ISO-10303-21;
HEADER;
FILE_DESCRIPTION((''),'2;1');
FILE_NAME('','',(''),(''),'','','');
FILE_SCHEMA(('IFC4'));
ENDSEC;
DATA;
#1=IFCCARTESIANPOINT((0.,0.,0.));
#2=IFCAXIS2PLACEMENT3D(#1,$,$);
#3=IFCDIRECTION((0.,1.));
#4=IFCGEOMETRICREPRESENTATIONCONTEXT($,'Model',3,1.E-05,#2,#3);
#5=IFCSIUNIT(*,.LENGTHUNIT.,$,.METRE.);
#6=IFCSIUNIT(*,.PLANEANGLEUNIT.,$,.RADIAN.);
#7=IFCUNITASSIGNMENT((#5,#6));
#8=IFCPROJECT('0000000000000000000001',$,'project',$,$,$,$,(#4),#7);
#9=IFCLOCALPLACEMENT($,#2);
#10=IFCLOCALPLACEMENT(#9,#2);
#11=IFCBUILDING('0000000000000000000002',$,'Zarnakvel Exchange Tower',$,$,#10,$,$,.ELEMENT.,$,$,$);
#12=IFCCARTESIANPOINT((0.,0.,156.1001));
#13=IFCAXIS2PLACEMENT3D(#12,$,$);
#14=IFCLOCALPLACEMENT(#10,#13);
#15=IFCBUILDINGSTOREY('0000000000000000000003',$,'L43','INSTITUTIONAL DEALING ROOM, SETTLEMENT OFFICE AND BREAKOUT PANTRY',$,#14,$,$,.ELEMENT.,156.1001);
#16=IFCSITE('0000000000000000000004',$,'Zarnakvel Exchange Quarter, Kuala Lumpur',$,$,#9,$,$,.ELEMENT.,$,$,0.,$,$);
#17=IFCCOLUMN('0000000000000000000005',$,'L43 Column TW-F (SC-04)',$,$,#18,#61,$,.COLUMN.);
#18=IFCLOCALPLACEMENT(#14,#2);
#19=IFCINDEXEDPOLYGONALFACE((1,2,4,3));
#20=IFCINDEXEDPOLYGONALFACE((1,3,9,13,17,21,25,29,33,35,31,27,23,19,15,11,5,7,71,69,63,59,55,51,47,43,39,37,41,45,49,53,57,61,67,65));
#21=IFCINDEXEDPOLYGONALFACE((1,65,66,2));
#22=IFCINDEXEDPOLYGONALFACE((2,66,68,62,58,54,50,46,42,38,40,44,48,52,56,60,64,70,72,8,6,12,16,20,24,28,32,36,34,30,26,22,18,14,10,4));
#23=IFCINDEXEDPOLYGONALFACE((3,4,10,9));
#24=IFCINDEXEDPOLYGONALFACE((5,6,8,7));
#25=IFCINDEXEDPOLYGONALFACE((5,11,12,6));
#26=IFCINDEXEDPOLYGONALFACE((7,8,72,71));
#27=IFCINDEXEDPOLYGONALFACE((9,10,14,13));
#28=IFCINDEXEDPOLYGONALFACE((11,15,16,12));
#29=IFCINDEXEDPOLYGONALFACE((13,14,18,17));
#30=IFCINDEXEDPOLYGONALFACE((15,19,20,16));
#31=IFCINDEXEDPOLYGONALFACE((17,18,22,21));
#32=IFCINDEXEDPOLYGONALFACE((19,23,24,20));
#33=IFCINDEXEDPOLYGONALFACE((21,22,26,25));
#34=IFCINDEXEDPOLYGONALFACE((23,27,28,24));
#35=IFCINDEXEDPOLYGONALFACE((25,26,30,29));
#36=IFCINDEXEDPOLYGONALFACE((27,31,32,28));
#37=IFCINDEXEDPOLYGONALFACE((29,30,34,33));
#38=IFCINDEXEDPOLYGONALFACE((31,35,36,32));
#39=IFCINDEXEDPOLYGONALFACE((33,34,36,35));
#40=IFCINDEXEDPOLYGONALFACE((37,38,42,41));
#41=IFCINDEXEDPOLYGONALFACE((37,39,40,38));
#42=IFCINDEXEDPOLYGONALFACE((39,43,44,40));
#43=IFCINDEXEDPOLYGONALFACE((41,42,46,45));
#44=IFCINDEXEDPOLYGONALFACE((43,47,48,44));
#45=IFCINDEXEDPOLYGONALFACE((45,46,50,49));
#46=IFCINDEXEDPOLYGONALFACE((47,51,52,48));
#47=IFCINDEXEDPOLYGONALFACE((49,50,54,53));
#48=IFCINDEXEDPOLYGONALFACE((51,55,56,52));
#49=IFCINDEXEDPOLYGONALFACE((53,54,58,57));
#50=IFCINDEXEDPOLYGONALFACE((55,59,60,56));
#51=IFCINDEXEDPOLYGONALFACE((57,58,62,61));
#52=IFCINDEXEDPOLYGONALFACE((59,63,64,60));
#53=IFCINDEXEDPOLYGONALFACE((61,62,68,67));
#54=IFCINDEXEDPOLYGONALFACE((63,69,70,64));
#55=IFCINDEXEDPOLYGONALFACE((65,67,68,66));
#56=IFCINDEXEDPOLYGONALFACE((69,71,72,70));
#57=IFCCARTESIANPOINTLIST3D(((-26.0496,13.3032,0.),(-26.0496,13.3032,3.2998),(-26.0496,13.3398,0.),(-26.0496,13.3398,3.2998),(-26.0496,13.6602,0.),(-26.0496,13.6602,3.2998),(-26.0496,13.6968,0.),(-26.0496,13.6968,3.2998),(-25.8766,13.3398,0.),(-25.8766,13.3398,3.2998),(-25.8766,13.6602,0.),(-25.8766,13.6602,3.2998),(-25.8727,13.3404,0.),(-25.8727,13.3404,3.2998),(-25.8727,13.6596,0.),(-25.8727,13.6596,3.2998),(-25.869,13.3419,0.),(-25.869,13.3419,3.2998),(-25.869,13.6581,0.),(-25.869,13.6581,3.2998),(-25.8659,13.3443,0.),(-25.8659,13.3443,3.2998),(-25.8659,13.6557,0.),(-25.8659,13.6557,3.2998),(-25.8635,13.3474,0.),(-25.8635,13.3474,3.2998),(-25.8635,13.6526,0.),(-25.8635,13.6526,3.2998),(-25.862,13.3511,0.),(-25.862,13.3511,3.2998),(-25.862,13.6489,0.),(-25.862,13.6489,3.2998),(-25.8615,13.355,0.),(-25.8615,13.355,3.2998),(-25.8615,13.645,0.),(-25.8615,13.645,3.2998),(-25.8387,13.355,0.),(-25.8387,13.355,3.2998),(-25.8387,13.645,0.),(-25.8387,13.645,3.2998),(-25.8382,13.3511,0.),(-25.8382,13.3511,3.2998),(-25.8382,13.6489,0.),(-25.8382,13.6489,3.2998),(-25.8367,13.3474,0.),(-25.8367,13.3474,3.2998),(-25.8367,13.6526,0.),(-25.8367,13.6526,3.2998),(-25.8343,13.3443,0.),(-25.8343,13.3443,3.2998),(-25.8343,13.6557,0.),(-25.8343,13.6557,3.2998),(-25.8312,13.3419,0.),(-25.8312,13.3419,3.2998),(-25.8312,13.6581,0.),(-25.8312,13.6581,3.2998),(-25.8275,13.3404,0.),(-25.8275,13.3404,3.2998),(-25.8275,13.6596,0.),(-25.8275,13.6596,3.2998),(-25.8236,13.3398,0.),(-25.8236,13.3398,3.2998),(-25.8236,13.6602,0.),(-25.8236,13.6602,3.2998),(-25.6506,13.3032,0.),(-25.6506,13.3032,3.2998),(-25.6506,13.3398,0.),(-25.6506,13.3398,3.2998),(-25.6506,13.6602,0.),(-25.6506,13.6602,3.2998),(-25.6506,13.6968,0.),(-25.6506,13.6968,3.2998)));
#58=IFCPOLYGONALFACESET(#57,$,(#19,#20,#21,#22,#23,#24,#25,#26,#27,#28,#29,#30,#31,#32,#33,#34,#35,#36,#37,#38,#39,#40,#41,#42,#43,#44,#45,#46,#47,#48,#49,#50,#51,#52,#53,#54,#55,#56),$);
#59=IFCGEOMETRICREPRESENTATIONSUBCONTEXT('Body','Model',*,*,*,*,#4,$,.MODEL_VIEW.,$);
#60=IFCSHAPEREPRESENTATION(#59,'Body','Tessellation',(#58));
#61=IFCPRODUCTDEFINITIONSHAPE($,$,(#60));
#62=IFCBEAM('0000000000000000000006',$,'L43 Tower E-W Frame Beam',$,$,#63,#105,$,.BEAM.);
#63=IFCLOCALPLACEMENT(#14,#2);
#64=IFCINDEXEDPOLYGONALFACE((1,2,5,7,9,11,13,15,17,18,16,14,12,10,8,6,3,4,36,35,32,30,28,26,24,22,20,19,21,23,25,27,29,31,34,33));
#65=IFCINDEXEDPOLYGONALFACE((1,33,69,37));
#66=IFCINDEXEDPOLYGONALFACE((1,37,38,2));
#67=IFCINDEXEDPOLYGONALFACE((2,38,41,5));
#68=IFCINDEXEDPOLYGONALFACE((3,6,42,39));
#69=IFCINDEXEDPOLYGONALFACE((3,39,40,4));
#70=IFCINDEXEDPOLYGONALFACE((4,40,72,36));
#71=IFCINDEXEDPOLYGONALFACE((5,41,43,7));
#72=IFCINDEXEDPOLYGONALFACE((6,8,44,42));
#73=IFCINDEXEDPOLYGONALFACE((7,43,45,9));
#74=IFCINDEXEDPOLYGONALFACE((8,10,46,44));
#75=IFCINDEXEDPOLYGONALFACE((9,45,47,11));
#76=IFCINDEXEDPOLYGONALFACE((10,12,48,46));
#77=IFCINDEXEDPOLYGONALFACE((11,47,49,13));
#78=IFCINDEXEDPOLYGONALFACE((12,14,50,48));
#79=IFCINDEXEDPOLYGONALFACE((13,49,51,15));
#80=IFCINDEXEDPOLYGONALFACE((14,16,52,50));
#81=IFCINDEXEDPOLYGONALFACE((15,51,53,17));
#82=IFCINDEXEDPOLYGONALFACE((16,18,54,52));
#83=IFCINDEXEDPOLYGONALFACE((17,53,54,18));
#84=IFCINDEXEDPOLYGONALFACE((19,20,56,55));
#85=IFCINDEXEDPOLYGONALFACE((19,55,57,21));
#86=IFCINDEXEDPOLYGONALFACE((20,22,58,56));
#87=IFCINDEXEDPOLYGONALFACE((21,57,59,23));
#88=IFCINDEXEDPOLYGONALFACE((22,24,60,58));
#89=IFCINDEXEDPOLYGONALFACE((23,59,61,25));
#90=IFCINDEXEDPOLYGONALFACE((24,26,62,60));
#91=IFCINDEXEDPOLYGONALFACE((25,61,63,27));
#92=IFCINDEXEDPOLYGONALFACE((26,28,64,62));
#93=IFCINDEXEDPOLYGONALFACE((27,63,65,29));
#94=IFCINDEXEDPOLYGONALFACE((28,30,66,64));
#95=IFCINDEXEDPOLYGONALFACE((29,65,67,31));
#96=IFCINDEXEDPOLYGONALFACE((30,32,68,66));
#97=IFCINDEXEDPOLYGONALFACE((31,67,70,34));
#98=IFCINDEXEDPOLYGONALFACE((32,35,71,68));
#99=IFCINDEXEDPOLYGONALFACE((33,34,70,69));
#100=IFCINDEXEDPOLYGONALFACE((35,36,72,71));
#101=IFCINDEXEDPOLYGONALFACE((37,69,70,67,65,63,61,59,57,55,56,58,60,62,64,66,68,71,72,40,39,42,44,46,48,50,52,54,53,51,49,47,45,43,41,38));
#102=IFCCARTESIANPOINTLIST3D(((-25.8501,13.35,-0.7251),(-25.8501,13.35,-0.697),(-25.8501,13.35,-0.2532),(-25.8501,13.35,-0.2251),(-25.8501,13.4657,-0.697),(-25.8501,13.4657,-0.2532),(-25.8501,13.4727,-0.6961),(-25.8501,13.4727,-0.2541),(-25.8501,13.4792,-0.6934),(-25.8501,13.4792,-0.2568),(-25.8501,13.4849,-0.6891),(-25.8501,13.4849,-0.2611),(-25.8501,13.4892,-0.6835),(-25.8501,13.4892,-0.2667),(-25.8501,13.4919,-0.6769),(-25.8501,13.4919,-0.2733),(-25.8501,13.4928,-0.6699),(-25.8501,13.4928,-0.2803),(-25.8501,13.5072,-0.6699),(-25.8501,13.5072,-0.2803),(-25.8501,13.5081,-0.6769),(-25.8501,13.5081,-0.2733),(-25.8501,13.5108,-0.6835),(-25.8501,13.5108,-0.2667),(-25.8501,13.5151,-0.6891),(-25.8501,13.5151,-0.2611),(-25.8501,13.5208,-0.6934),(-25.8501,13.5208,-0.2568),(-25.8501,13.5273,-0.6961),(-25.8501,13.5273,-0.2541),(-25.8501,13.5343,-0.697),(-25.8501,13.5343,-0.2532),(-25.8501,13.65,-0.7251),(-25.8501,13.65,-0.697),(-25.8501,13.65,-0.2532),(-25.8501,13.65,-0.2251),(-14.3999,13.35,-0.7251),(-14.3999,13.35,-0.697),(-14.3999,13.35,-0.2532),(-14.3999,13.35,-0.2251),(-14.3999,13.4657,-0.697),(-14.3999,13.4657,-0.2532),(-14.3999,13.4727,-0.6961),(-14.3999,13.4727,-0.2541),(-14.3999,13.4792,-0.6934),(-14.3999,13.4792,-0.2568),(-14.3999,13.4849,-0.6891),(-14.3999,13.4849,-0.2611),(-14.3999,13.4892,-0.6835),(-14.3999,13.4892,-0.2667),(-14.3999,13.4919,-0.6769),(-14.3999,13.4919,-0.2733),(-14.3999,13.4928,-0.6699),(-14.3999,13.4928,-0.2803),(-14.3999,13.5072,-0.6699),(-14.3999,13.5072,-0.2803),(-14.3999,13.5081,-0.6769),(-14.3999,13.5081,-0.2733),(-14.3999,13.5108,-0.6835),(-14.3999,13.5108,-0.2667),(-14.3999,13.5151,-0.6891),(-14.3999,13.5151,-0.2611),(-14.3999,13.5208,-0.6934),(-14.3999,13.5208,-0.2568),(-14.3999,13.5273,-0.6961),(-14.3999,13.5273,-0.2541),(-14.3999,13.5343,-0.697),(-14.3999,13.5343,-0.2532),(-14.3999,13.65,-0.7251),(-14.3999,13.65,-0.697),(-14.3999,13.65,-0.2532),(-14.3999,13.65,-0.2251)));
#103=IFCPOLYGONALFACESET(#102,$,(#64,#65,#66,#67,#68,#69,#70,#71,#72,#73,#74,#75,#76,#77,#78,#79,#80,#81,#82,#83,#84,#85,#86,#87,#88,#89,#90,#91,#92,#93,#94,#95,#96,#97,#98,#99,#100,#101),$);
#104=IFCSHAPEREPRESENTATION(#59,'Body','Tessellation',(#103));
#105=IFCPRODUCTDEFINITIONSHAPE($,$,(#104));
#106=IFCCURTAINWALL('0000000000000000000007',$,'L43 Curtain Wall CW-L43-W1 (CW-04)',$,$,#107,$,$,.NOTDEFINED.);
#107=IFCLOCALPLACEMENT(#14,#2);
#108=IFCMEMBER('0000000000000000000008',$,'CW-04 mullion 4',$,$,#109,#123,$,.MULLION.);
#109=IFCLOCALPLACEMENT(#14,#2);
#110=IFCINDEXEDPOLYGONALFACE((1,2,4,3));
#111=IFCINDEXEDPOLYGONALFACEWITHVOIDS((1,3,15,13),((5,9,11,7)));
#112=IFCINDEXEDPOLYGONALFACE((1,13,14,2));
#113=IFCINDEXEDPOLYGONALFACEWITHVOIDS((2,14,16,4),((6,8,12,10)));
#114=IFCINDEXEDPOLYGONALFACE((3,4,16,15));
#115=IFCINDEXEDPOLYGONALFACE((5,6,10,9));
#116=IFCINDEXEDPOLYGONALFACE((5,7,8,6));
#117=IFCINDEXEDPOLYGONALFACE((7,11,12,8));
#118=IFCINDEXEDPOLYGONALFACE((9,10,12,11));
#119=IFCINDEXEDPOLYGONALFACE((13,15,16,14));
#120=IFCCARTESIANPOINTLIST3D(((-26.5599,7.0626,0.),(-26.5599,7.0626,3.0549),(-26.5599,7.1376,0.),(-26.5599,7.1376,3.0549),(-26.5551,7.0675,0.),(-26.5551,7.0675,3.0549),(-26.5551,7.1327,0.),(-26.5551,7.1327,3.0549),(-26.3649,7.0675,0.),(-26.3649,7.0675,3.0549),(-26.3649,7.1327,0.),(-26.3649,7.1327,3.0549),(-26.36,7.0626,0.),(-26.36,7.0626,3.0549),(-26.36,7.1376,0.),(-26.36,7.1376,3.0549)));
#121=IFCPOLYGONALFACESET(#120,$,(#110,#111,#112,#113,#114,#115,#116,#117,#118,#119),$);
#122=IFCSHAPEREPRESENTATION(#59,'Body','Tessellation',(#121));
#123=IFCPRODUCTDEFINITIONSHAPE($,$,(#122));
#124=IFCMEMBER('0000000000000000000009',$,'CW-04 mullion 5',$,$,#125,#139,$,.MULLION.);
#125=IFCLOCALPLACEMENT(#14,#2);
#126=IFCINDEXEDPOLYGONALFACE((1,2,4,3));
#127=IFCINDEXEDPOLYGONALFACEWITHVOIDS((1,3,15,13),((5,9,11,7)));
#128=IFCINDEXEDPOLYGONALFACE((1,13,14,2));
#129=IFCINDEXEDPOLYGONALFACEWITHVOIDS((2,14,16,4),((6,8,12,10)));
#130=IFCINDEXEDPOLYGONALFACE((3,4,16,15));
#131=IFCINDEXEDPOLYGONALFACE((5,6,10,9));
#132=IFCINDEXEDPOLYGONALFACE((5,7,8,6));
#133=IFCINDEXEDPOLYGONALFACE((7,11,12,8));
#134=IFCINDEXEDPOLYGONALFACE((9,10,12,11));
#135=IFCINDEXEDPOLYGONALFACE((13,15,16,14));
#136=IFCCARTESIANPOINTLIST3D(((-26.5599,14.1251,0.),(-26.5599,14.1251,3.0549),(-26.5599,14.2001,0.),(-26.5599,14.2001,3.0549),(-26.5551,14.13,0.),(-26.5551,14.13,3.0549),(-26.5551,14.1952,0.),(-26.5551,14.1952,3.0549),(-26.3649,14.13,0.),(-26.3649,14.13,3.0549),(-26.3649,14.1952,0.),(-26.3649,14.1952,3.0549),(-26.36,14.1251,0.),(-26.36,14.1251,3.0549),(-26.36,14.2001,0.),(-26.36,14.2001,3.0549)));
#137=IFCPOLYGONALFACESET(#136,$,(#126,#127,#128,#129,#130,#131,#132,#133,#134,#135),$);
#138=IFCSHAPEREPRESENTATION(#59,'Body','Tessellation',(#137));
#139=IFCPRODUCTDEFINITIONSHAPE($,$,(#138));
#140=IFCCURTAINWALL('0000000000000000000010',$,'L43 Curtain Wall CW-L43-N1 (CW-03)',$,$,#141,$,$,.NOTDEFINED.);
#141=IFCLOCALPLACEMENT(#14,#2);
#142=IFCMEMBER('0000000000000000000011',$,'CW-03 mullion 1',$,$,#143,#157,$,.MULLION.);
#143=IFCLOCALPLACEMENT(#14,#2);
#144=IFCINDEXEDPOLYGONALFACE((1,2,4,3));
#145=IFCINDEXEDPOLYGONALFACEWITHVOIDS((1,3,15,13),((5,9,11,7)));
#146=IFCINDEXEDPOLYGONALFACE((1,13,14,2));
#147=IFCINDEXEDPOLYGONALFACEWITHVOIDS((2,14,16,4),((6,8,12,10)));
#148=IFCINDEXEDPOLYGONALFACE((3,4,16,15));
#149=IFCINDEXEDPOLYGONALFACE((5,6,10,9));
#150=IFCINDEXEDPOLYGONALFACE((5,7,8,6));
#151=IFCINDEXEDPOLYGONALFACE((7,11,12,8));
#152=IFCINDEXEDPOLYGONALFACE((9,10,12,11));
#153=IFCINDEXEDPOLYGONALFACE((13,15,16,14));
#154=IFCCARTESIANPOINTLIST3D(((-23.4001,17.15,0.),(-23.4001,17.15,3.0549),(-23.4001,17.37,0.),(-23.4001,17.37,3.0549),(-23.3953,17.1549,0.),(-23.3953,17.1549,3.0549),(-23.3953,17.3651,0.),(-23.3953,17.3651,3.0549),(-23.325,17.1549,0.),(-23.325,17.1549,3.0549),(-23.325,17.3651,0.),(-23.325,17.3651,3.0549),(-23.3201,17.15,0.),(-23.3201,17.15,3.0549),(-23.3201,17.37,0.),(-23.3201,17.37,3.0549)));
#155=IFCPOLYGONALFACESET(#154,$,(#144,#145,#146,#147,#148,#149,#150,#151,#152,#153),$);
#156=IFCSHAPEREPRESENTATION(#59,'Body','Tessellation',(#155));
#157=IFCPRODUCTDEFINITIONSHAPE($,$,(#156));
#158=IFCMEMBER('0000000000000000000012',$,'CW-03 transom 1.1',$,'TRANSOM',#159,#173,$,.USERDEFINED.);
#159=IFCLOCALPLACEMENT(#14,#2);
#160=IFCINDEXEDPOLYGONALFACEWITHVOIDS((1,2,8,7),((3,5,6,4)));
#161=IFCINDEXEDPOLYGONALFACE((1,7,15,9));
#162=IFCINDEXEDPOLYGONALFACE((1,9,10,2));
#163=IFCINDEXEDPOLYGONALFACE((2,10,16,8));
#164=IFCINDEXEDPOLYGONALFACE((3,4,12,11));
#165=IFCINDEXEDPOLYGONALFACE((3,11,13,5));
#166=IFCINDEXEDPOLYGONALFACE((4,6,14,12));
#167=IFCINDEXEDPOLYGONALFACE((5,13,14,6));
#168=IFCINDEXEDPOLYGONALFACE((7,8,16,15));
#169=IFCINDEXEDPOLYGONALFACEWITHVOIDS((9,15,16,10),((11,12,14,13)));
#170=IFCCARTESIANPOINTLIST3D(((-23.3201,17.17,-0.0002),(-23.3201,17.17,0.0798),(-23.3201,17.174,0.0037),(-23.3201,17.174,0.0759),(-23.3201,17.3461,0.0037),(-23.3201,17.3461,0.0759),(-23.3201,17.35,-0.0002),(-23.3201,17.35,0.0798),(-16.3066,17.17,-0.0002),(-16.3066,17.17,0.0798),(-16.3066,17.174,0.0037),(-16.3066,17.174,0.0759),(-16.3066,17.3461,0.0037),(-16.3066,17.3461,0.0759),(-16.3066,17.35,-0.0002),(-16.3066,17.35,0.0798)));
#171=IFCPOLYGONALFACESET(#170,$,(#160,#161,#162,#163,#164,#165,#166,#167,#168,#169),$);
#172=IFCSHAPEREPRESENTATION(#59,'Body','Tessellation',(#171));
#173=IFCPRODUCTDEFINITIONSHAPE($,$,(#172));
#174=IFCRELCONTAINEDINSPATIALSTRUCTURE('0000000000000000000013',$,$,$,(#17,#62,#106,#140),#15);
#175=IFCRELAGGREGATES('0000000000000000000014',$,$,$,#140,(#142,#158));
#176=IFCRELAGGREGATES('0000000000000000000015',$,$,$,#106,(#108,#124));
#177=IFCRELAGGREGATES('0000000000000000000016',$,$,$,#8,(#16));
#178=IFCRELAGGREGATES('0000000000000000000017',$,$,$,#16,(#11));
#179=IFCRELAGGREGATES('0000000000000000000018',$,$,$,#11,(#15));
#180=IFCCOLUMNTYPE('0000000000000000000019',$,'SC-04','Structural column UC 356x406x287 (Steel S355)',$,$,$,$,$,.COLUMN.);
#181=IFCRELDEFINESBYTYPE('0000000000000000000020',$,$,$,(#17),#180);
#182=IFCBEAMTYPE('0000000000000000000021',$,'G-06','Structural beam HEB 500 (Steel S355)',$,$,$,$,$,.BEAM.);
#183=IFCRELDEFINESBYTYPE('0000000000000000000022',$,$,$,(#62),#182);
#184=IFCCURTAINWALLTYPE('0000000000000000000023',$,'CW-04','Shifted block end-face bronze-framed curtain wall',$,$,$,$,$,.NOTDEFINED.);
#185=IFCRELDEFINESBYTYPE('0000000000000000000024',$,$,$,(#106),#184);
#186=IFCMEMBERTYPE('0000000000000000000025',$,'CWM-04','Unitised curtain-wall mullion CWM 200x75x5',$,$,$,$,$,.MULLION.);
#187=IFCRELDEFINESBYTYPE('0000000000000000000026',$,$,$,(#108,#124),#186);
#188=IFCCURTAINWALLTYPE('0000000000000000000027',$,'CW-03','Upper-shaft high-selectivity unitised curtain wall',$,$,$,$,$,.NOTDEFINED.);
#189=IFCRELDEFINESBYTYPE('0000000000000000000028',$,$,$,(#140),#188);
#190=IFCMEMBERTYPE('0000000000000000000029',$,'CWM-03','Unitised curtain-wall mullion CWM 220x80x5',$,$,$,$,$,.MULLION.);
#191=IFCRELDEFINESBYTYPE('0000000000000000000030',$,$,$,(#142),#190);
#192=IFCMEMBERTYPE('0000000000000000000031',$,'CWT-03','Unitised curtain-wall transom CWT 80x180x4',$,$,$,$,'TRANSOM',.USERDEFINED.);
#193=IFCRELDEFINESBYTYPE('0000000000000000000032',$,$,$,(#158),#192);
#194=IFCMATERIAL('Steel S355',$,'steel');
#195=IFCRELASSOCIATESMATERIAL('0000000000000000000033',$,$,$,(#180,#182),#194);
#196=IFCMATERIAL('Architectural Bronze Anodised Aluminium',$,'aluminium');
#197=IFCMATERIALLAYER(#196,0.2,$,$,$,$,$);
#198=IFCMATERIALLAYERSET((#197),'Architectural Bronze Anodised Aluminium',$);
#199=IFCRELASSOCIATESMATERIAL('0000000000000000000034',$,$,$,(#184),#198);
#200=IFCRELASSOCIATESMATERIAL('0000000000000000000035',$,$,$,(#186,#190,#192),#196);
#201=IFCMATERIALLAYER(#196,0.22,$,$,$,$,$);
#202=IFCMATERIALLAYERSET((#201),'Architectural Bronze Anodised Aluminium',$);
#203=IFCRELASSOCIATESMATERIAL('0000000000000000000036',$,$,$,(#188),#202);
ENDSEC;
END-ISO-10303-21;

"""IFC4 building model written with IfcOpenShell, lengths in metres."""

from ifc_helpers import new_model, si_unit, direction, frame, origin, origin_2d, place, context, subcontext, project, spatial, hollow_rectangle, i_section, extrude, source, transform, mapped, material, layer, layer_set, material_profile, profile_set, type_object, element, aggregate, save


model = new_model("IFC4")

# Units and contexts
model_context = context("Model", 3, precision=1e-05, world=origin(), true_north=direction((0.0, 1.0)))
body_context = subcontext(model_context, "Body", "Model", "MODEL_VIEW")
ifc_project = project(units=[si_unit("LENGTHUNIT", "METRE"), si_unit("PLANEANGLEUNIT", "RADIAN")], contexts=[model_context])

# Site, building, storey
site_placement = place(None, origin())
site = spatial("IfcSite", under=ifc_project, at=site_placement, Name="Zarnakvel Exchange Quarter, Kuala Lumpur", CompositionType="ELEMENT", RefElevation=0.0)
building_placement = place(site_placement, origin())
building = spatial("IfcBuilding", under=site, at=building_placement, Name="Zarnakvel Exchange Tower", CompositionType="ELEMENT")
storey_placement = place(building_placement, frame((0.0, 0.0, 156.1001)))
storey = spatial("IfcBuildingStorey", under=building, at=storey_placement, Name="L43", Description="INSTITUTIONAL DEALING ROOM, SETTLEMENT OFFICE AND BREAKOUT PANTRY", CompositionType="ELEMENT", Elevation=156.1001)

# Column
ifc_material_1 = material(Name="Steel S355", Category="steel")
ifc_material_profile_1 = material_profile(ifc_material_1, i_section(OverallWidth=0.3989, OverallDepth=0.3936, WebThickness=0.0227, FlangeThickness=0.0366, FilletRadius=0.0151, at=origin_2d()))
ifc_profile_set_1 = profile_set([ifc_material_profile_1], Name="Steel S355")
column_type = type_object("IfcColumnType", Name="SC-04", Description="Structural column UC 356x406x287 (Steel S355)", PredefinedType="COLUMN", material=ifc_profile_set_1)
column_placement = place(storey_placement, frame((-25.8501, 13.5, 0.0), z_axis=(0.0, 0.0, 1.0), x_axis=(1.0, 0.0, 0.0)))
element("IfcColumn", 1, at=column_placement, inside=storey, type_object=column_type, Name="L43 Column TW-F (SC-04)", PredefinedType="COLUMN", context=body_context, shape_type="SweptSolid", body=[
    extrude(i_section(OverallWidth=0.3989, OverallDepth=0.3936, WebThickness=0.0227, FlangeThickness=0.0366, FilletRadius=0.0151, at=origin_2d()), origin(), (0.0, 0.0, 1.0), 3.2998),
])

# Beam
ifc_material_profile_2 = material_profile(ifc_material_1, i_section(OverallWidth=0.3, OverallDepth=0.5, WebThickness=0.0144, FlangeThickness=0.0281, FilletRadius=0.0271, at=origin_2d()))
ifc_profile_set_2 = profile_set([ifc_material_profile_2], Name="Steel S355")
beam_type = type_object("IfcBeamType", Name="G-06", Description="Structural beam HEB 500 (Steel S355)", PredefinedType="BEAM", material=ifc_profile_set_2)
beam_placement = place(storey_placement, frame((-25.8501, 13.5, -0.4751), z_axis=(1.0, 0.0, 0.0), x_axis=(0.0, 1.0, 0.0)))
element("IfcBeam", 2, at=beam_placement, inside=storey, type_object=beam_type, Name="L43 Tower E-W Frame Beam", PredefinedType="BEAM", context=body_context, shape_type="SweptSolid", body=[
    extrude(i_section(OverallWidth=0.3, OverallDepth=0.5, WebThickness=0.0144, FlangeThickness=0.0281, FilletRadius=0.0271, at=origin_2d()), origin(), (0.0, 0.0, 1.0), 11.4502),
])

# Curtain walls, members
ifc_material_2 = material(Name="Architectural Bronze Anodised Aluminium", Category="aluminium")
ifc_layer_1 = layer(ifc_material_2, 0.2)
ifc_layer_set_1 = layer_set([ifc_layer_1], Name="Architectural Bronze Anodised Aluminium")
curtain_wall_type_1 = type_object("IfcCurtainWallType", Name="CW-04", Description="Shifted block end-face bronze-framed curtain wall", PredefinedType="NOTDEFINED", material=ifc_layer_set_1)
curtain_wall_1_placement = place(storey_placement, origin())
curtain_wall_1 = element("IfcCurtainWall", 3, at=curtain_wall_1_placement, inside=storey, type_object=curtain_wall_type_1, Name="L43 Curtain Wall CW-L43-W1 (CW-04)", PredefinedType="NOTDEFINED")
ifc_material_profile_3 = material_profile(ifc_material_2, hollow_rectangle(XDim=0.2, YDim=0.075, WallThickness=0.0049, at=origin_2d()))
ifc_profile_set_3 = profile_set([ifc_material_profile_3], Name="Architectural Bronze Anodised Aluminium")
member_type_1 = type_object("IfcMemberType", Name="CWM-04", Description="Unitised curtain-wall mullion CWM 200x75x5", PredefinedType="MULLION", material=ifc_profile_set_3)
shared_shape_1 = source(origin(), body_context, "Body", "SweptSolid", [
    extrude(hollow_rectangle(XDim=0.2, YDim=0.075, WallThickness=0.0049, at=origin_2d()), origin(), (0.0, 0.0, 1.0), 3.0549),
])
member_1_placement = place(storey_placement, frame((-26.46, 7.1001, 0.0), z_axis=(0.0, 0.0, 1.0), x_axis=(-1.0, 0.0, 0.0)))
member_1 = element("IfcMember", 4, at=member_1_placement, type_object=member_type_1, Name="CW-04 mullion 4", PredefinedType="MULLION", context=body_context, shape_type="MappedRepresentation", body=[
    mapped(shared_shape_1, transform((0.0, 0.0, 0.0), x_axis=(1.0, 0.0, 0.0), y_axis=(0.0, 1.0, 0.0), z_axis=(0.0, 0.0, 1.0), scale=1.0)),
])
member_2_placement = place(storey_placement, frame((-26.46, 14.1626, 0.0), z_axis=(0.0, 0.0, 1.0), x_axis=(-1.0, 0.0, 0.0)))
member_2 = element("IfcMember", 5, at=member_2_placement, type_object=member_type_1, Name="CW-04 mullion 5", PredefinedType="MULLION", context=body_context, shape_type="MappedRepresentation", body=[
    mapped(shared_shape_1, transform((0.0, 0.0, 0.0), x_axis=(1.0, 0.0, 0.0), y_axis=(0.0, 1.0, 0.0), z_axis=(0.0, 0.0, 1.0), scale=1.0)),
])
ifc_layer_2 = layer(ifc_material_2, 0.22)
ifc_layer_set_2 = layer_set([ifc_layer_2], Name="Architectural Bronze Anodised Aluminium")
curtain_wall_type_2 = type_object("IfcCurtainWallType", Name="CW-03", Description="Upper-shaft high-selectivity unitised curtain wall", PredefinedType="NOTDEFINED", material=ifc_layer_set_2)
curtain_wall_2_placement = place(storey_placement, origin())
curtain_wall_2 = element("IfcCurtainWall", 6, at=curtain_wall_2_placement, inside=storey, type_object=curtain_wall_type_2, Name="L43 Curtain Wall CW-L43-N1 (CW-03)", PredefinedType="NOTDEFINED")
ifc_material_profile_4 = material_profile(ifc_material_2, hollow_rectangle(XDim=0.22, YDim=0.0801, WallThickness=0.0049, at=origin_2d()))
ifc_profile_set_4 = profile_set([ifc_material_profile_4], Name="Architectural Bronze Anodised Aluminium")
member_type_2 = type_object("IfcMemberType", Name="CWM-03", Description="Unitised curtain-wall mullion CWM 220x80x5", PredefinedType="MULLION", material=ifc_profile_set_4)
shared_shape_2 = source(origin(), body_context, "Body", "SweptSolid", [
    extrude(hollow_rectangle(XDim=0.22, YDim=0.0801, WallThickness=0.0049, at=origin_2d()), origin(), (0.0, 0.0, 1.0), 3.0549),
])
member_3_placement = place(storey_placement, frame((-23.3601, 17.26, 0.0), z_axis=(0.0, 0.0, 1.0), x_axis=(0.0, 1.0, 0.0)))
member_3 = element("IfcMember", 7, at=member_3_placement, type_object=member_type_2, Name="CW-03 mullion 1", PredefinedType="MULLION", context=body_context, shape_type="MappedRepresentation", body=[
    mapped(shared_shape_2, transform((0.0, 0.0, 0.0), x_axis=(1.0, 0.0, 0.0), y_axis=(0.0, 1.0, 0.0), z_axis=(0.0, 0.0, 1.0), scale=1.0)),
])
ifc_material_profile_5 = material_profile(ifc_material_2, hollow_rectangle(XDim=0.1799, YDim=0.0801, WallThickness=0.0039, at=origin_2d()))
ifc_profile_set_5 = profile_set([ifc_material_profile_5], Name="Architectural Bronze Anodised Aluminium")
member_type_3 = type_object("IfcMemberType", Name="CWT-03", Description="Unitised curtain-wall transom CWT 80x180x4", ElementType="TRANSOM", PredefinedType="USERDEFINED", material=ifc_profile_set_5)
shared_shape_3 = source(origin(), body_context, "Body", "SweptSolid", [
    extrude(hollow_rectangle(XDim=0.1799, YDim=0.0801, WallThickness=0.0039, at=origin_2d()), origin(), (0.0, 0.0, 1.0), 7.0134),
])
member_4_placement = place(storey_placement, frame((-23.3201, 17.26, 0.0398), z_axis=(1.0, 0.0, 0.0), x_axis=(0.0, 1.0, 0.0)))
member_4 = element("IfcMember", 8, at=member_4_placement, type_object=member_type_3, Name="CW-03 transom 1.1", ObjectType="TRANSOM", PredefinedType="USERDEFINED", context=body_context, shape_type="MappedRepresentation", body=[
    mapped(shared_shape_3, transform((0.0, 0.0, 0.0), x_axis=(1.0, 0.0, 0.0), y_axis=(0.0, 1.0, 0.0), z_axis=(0.0, 0.0, 1.0), scale=1.0)),
])

aggregate(curtain_wall_2, [member_3, member_4])
aggregate(curtain_wall_1, [member_1, member_2])

save(model, "model.ifc")
